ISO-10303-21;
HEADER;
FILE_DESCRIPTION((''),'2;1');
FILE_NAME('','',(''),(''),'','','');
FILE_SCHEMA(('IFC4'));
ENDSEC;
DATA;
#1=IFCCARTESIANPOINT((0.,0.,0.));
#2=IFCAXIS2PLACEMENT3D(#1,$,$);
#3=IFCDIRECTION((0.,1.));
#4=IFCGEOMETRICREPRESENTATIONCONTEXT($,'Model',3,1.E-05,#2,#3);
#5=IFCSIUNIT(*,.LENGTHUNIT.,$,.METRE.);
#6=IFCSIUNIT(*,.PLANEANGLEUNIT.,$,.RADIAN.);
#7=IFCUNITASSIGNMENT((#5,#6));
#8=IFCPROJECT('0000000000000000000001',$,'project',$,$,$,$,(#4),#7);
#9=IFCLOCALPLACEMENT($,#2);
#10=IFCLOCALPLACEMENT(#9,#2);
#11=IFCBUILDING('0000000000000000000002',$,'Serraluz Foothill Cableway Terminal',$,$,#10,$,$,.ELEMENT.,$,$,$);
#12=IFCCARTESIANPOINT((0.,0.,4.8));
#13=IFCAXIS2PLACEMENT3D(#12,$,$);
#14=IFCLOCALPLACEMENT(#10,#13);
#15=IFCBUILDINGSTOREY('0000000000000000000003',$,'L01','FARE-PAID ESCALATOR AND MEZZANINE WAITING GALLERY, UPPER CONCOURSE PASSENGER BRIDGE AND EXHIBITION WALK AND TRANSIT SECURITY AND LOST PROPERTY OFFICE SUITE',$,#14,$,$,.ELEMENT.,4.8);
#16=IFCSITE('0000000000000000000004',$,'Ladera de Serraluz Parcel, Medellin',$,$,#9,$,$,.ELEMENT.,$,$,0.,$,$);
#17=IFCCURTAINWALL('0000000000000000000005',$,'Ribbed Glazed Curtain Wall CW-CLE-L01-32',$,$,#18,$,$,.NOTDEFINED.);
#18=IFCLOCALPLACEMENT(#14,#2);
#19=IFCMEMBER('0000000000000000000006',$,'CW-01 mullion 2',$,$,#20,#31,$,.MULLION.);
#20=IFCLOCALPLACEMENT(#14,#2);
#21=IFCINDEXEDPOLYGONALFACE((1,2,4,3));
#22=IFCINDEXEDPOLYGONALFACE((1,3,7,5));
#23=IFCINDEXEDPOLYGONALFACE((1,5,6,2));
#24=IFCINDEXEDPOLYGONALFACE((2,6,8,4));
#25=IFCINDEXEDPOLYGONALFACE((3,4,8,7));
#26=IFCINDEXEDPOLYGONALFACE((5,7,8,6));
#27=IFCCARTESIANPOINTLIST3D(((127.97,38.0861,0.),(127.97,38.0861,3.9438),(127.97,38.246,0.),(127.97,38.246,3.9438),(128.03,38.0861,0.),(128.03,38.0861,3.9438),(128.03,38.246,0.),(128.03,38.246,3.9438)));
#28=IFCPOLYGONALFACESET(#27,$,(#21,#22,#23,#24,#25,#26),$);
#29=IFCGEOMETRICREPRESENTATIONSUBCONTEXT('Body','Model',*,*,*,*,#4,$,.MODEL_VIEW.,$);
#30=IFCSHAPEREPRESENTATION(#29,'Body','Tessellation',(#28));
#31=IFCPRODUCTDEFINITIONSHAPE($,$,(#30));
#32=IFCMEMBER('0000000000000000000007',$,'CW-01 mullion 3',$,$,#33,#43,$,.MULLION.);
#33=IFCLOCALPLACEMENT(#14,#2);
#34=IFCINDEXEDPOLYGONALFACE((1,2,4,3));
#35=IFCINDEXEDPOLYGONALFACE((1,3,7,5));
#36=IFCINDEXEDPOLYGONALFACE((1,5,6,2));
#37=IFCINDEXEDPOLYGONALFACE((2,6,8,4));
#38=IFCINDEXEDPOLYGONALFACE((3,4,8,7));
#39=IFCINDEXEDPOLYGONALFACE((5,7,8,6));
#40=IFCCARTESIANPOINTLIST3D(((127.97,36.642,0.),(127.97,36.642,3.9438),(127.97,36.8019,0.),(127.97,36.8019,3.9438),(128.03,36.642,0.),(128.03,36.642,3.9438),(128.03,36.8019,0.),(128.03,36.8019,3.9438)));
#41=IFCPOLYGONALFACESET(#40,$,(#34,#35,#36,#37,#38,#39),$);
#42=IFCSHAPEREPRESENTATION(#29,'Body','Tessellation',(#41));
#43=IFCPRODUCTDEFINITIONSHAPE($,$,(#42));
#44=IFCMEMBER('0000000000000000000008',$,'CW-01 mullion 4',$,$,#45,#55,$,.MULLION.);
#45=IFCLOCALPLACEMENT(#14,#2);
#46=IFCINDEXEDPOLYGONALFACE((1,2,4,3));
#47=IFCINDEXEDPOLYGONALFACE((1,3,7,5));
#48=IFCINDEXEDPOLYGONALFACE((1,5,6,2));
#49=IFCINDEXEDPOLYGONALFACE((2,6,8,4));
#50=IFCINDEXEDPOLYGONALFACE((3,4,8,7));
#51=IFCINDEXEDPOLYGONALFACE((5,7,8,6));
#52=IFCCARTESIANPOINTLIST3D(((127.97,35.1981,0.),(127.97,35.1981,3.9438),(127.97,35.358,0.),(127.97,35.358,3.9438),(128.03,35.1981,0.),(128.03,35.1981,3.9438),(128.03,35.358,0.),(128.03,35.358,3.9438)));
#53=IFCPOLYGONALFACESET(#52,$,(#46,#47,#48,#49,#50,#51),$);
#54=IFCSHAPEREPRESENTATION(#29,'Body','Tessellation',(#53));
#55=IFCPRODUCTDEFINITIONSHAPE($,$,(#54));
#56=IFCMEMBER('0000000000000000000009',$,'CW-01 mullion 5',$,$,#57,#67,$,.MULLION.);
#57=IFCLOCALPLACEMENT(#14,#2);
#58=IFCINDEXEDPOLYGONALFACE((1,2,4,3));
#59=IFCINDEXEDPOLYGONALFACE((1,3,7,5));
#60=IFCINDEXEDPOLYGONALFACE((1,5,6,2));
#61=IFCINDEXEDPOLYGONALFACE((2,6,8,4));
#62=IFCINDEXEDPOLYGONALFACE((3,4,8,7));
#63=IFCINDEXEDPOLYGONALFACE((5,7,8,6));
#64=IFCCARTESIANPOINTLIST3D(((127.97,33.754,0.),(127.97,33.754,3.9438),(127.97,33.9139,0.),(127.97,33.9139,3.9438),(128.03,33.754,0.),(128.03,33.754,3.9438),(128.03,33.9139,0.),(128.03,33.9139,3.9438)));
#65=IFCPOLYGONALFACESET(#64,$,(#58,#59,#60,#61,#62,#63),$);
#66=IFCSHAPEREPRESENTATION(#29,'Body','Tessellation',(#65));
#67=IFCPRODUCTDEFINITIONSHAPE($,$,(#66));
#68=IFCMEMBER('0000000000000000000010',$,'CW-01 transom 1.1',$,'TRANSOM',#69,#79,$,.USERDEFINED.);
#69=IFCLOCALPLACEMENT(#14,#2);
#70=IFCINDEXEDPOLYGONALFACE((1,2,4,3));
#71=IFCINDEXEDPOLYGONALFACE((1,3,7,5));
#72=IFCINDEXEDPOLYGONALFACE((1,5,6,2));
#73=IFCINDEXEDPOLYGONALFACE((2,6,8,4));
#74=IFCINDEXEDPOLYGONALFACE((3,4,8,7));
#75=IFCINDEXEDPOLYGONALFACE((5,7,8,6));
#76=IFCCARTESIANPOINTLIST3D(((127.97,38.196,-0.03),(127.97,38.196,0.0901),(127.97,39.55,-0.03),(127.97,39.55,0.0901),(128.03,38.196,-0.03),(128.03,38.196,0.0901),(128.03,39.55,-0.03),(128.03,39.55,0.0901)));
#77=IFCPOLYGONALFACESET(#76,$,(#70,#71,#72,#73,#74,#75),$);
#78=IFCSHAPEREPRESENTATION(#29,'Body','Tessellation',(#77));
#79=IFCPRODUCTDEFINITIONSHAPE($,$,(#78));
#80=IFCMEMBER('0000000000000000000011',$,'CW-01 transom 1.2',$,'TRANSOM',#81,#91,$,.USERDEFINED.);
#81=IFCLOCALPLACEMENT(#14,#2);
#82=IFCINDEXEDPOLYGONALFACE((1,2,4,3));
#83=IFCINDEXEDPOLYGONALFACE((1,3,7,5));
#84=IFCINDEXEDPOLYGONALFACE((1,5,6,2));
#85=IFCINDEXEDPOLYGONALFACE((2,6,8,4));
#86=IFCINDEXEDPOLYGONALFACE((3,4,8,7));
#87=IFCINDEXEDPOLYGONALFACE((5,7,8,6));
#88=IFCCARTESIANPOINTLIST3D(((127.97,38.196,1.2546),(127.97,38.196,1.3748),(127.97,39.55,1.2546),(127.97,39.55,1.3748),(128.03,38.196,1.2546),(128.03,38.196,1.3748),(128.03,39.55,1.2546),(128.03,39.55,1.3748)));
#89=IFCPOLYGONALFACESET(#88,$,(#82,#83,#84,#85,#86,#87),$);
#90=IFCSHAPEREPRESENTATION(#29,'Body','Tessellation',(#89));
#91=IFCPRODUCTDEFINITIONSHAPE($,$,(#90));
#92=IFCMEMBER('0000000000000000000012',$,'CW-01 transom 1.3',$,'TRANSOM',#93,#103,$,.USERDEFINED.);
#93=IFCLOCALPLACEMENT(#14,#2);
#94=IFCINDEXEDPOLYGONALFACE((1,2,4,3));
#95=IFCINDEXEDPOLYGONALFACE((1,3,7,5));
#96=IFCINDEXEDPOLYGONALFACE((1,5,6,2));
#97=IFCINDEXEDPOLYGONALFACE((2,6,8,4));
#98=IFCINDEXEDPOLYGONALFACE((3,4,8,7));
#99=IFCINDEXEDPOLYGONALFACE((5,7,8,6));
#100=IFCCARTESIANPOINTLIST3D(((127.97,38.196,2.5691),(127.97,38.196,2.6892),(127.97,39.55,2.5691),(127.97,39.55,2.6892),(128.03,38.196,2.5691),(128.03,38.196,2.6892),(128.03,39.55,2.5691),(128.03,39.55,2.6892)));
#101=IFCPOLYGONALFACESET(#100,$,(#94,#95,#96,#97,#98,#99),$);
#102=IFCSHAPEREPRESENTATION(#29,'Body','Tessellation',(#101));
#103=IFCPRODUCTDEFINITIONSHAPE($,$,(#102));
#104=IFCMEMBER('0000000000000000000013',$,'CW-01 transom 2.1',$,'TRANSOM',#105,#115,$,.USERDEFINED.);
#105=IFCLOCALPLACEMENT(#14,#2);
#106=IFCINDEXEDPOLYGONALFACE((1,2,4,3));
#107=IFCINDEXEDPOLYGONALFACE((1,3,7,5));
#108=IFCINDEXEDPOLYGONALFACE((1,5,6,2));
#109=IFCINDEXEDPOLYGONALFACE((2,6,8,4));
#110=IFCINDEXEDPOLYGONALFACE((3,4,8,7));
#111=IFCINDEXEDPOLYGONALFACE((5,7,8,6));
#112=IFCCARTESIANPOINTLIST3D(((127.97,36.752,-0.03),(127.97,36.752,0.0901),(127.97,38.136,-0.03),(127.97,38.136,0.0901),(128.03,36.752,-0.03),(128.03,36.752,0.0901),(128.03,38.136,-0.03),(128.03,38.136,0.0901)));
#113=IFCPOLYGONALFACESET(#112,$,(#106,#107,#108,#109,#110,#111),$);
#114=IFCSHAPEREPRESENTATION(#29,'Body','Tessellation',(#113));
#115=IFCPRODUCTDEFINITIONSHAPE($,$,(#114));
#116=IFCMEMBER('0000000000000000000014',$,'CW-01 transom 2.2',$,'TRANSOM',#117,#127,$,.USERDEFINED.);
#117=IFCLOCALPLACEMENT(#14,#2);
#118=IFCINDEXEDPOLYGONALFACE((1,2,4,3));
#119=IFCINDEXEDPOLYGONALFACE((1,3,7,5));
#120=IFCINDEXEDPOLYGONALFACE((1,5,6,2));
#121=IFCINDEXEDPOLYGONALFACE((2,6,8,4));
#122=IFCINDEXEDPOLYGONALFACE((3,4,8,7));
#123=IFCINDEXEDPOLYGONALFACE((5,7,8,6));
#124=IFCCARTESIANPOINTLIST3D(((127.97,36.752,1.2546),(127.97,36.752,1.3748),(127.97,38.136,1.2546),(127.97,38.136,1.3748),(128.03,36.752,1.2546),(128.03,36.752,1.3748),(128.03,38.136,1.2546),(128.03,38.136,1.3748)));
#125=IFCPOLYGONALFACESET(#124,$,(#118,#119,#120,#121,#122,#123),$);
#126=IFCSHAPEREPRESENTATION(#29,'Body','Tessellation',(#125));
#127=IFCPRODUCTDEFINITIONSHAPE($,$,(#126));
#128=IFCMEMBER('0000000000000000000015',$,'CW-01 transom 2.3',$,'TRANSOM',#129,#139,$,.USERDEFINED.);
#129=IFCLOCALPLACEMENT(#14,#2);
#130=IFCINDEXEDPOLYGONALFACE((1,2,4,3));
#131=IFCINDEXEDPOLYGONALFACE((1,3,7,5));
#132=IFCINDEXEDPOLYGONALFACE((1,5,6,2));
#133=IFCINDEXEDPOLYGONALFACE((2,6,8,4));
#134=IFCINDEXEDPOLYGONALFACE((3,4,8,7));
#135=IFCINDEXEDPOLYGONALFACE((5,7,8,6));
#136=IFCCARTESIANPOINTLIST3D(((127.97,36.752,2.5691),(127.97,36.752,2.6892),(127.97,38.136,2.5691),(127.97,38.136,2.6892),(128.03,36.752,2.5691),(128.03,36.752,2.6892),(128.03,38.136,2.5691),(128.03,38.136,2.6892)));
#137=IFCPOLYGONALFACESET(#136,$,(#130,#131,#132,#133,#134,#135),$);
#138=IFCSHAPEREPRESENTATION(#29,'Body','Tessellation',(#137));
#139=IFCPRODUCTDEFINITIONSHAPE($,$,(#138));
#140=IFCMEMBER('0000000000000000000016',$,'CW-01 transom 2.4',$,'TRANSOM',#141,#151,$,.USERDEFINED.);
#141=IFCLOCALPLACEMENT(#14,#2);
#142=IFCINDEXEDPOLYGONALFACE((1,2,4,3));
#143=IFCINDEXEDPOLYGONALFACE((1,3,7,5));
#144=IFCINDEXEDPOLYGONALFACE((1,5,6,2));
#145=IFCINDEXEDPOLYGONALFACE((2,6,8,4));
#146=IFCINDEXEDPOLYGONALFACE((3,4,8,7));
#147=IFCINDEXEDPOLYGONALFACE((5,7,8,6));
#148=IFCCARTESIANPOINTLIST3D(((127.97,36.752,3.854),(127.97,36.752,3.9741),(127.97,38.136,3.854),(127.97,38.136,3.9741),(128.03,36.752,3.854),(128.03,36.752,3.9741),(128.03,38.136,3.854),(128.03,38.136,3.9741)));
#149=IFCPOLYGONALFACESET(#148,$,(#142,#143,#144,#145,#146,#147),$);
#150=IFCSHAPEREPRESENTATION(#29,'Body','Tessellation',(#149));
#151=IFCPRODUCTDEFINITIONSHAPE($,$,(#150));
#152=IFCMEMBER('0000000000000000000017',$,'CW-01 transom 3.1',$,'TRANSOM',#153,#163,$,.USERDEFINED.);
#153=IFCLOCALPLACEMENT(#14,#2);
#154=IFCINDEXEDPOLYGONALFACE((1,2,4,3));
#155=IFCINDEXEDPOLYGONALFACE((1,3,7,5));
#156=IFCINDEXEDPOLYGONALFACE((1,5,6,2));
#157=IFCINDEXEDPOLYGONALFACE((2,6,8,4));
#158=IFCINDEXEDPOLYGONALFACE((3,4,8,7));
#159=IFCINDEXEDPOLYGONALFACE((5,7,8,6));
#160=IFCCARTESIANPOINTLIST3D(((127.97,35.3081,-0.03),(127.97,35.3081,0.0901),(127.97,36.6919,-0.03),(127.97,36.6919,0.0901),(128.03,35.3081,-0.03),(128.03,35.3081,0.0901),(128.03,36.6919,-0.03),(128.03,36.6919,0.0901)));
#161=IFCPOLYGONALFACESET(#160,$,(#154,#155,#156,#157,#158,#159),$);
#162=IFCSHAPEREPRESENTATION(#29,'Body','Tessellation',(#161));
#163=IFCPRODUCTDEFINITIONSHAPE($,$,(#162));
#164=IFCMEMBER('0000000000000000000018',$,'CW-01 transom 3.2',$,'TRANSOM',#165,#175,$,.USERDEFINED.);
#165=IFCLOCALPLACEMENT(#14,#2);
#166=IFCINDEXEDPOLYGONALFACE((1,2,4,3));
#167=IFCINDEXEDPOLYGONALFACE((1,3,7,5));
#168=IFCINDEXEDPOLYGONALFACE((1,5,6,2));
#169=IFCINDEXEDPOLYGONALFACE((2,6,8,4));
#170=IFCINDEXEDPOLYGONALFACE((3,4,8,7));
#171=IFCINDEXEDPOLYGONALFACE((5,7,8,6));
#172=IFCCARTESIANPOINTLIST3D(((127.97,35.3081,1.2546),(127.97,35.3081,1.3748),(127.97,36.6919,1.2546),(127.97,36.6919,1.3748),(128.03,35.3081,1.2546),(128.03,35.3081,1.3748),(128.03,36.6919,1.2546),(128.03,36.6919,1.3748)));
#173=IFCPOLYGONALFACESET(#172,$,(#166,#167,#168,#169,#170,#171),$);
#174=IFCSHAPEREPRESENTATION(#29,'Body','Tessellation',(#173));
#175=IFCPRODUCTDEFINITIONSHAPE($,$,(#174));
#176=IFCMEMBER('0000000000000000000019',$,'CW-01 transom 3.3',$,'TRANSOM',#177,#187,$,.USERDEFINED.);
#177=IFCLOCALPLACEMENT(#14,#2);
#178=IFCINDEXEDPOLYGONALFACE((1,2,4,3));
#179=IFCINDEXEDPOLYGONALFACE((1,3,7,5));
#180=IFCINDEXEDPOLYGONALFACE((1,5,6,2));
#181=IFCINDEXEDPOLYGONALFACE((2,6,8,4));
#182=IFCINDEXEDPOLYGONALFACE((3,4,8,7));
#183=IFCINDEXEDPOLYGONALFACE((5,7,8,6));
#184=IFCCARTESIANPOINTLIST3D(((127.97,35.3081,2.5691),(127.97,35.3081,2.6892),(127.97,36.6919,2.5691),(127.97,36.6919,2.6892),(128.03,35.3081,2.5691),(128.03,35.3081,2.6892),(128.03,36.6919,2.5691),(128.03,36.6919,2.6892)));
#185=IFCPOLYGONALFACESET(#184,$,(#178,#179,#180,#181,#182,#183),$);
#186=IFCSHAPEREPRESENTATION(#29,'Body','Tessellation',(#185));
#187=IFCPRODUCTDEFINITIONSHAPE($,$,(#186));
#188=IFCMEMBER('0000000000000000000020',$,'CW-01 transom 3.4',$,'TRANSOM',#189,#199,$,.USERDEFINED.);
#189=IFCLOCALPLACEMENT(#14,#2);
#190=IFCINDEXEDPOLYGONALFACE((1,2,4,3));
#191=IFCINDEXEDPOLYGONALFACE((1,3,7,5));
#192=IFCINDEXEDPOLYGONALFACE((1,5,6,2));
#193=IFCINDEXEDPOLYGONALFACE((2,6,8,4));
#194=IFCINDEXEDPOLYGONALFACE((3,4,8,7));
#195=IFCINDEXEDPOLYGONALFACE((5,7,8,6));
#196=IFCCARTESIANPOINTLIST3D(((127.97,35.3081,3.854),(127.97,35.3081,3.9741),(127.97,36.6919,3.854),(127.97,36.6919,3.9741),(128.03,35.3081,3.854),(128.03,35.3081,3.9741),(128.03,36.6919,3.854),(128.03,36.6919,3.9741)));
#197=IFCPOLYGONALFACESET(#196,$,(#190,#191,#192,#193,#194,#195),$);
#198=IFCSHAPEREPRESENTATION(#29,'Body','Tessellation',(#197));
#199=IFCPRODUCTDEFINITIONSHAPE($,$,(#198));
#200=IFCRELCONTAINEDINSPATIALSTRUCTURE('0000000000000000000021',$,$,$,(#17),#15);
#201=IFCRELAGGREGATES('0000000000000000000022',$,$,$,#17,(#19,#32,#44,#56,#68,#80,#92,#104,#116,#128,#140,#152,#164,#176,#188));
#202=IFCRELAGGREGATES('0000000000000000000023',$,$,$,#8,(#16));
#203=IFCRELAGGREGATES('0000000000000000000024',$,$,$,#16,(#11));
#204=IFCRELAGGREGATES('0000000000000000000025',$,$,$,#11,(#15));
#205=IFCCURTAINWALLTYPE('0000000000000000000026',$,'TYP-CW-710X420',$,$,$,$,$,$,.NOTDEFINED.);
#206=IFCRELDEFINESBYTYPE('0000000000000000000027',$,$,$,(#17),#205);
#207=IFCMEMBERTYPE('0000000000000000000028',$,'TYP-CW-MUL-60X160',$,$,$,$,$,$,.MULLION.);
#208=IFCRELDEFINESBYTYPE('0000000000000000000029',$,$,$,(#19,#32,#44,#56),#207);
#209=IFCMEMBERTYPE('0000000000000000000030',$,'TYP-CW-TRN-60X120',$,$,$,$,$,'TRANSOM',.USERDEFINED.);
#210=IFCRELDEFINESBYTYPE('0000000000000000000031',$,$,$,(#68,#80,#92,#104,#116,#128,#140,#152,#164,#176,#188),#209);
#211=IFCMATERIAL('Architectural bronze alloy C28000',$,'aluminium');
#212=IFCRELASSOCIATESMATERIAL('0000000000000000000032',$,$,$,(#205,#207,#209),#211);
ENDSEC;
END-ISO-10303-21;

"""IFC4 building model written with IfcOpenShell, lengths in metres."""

from ifc_helpers import new_model, si_unit, direction, frame, origin, origin_2d, place, context, subcontext, project, spatial, rectangle, extrude, material, material_profile, profile_set, type_object, element, aggregate, save


model = new_model("IFC4")

# Units and contexts
model_context = context("Model", 3, precision=1e-05, world=origin(), true_north=direction((0.0, 1.0)))
body_context = subcontext(model_context, "Body", "Model", "MODEL_VIEW")
ifc_project = project(units=[si_unit("LENGTHUNIT", "METRE"), si_unit("PLANEANGLEUNIT", "RADIAN")], contexts=[model_context])

# Site, building, storey
site_placement = place(None, origin())
site = spatial("IfcSite", under=ifc_project, at=site_placement, Name="Ladera de Serraluz Parcel, Medellin", CompositionType="ELEMENT", RefElevation=0.0)
building_placement = place(site_placement, origin())
building = spatial("IfcBuilding", under=site, at=building_placement, Name="Serraluz Foothill Cableway Terminal", CompositionType="ELEMENT")
storey_placement = place(building_placement, frame((0.0, 0.0, 4.8)))
storey = spatial("IfcBuildingStorey", under=building, at=storey_placement, Name="L01", Description="FARE-PAID ESCALATOR AND MEZZANINE WAITING GALLERY, UPPER CONCOURSE PASSENGER BRIDGE AND EXHIBITION WALK AND TRANSIT SECURITY AND LOST PROPERTY OFFICE SUITE", CompositionType="ELEMENT", Elevation=4.8)

# Curtain wall, members
ifc_material_1 = material(Name="Architectural bronze alloy C28000", Category="aluminium")
curtain_wall_type = type_object("IfcCurtainWallType", Name="TYP-CW-710X420", PredefinedType="NOTDEFINED", material=ifc_material_1)
curtain_wall_placement = place(storey_placement, origin())
curtain_wall = element("IfcCurtainWall", 1, at=curtain_wall_placement, inside=storey, type_object=curtain_wall_type, Name="Ribbed Glazed Curtain Wall CW-CLE-L01-32", PredefinedType="NOTDEFINED")
ifc_material_profile_1 = material_profile(ifc_material_1, rectangle(XDim=0.0601, YDim=0.1599, at=origin_2d()), Name="ALU MULLION 60x160")
ifc_profile_set_1 = profile_set([ifc_material_profile_1], Name="Architectural bronze alloy C28000")
member_type_1 = type_object("IfcMemberType", Name="TYP-CW-MUL-60X160", PredefinedType="MULLION", material=ifc_profile_set_1)
member_1_placement = place(storey_placement, frame((128.0, 38.166, 0.0), z_axis=(0.0, 0.0, 1.0), x_axis=(1.0, 0.0, 0.0)))
member_1 = element("IfcMember", 2, at=member_1_placement, type_object=member_type_1, Name="CW-01 mullion 2", PredefinedType="MULLION", context=body_context, shape_type="SweptSolid", body=[
    extrude(rectangle(XDim=0.0601, YDim=0.1599, at=origin_2d()), origin(), (0.0, 0.0, 1.0), 3.9438),
])
member_2_placement = place(storey_placement, frame((128.0, 36.7219, 0.0), z_axis=(0.0, 0.0, 1.0), x_axis=(1.0, 0.0, 0.0)))
member_2 = element("IfcMember", 3, at=member_2_placement, type_object=member_type_1, Name="CW-01 mullion 3", PredefinedType="MULLION", context=body_context, shape_type="SweptSolid", body=[
    extrude(rectangle(XDim=0.0601, YDim=0.1599, at=origin_2d()), origin(), (0.0, 0.0, 1.0), 3.9438),
])
member_3_placement = place(storey_placement, frame((128.0, 35.2781, 0.0), z_axis=(0.0, 0.0, 1.0), x_axis=(1.0, 0.0, 0.0)))
member_3 = element("IfcMember", 4, at=member_3_placement, type_object=member_type_1, Name="CW-01 mullion 4", PredefinedType="MULLION", context=body_context, shape_type="SweptSolid", body=[
    extrude(rectangle(XDim=0.0601, YDim=0.1599, at=origin_2d()), origin(), (0.0, 0.0, 1.0), 3.9438),
])
member_4_placement = place(storey_placement, frame((128.0, 33.834, 0.0), z_axis=(0.0, 0.0, 1.0), x_axis=(1.0, 0.0, 0.0)))
member_4 = element("IfcMember", 5, at=member_4_placement, type_object=member_type_1, Name="CW-01 mullion 5", PredefinedType="MULLION", context=body_context, shape_type="SweptSolid", body=[
    extrude(rectangle(XDim=0.0601, YDim=0.1599, at=origin_2d()), origin(), (0.0, 0.0, 1.0), 3.9438),
])
ifc_material_profile_2 = material_profile(ifc_material_1, rectangle(XDim=0.0601, YDim=0.1201, at=origin_2d()), Name="ALU TRANSOM 60x120")
ifc_profile_set_2 = profile_set([ifc_material_profile_2], Name="Architectural bronze alloy C28000")
member_type_2 = type_object("IfcMemberType", Name="TYP-CW-TRN-60X120", ElementType="TRANSOM", PredefinedType="USERDEFINED", material=ifc_profile_set_2)
member_5_placement = place(storey_placement, frame((128.0, 39.55, 0.03), z_axis=(0.0, -1.0, 0.0), x_axis=(1.0, 0.0, 0.0)))
member_5 = element("IfcMember", 6, at=member_5_placement, type_object=member_type_2, Name="CW-01 transom 1.1", ObjectType="TRANSOM", PredefinedType="USERDEFINED", context=body_context, shape_type="SweptSolid", body=[
    extrude(rectangle(XDim=0.0601, YDim=0.1201, at=origin_2d()), origin(), (0.0, 0.0, 1.0), 1.354),
])
member_6_placement = place(storey_placement, frame((128.0, 39.55, 1.3147), z_axis=(0.0, -1.0, 0.0), x_axis=(1.0, 0.0, 0.0)))
member_6 = element("IfcMember", 7, at=member_6_placement, type_object=member_type_2, Name="CW-01 transom 1.2", ObjectType="TRANSOM", PredefinedType="USERDEFINED", context=body_context, shape_type="SweptSolid", body=[
    extrude(rectangle(XDim=0.0601, YDim=0.1201, at=origin_2d()), origin(), (0.0, 0.0, 1.0), 1.354),
])
member_7_placement = place(storey_placement, frame((128.0, 39.55, 2.6292), z_axis=(0.0, -1.0, 0.0), x_axis=(1.0, 0.0, 0.0)))
member_7 = element("IfcMember", 8, at=member_7_placement, type_object=member_type_2, Name="CW-01 transom 1.3", ObjectType="TRANSOM", PredefinedType="USERDEFINED", context=body_context, shape_type="SweptSolid", body=[
    extrude(rectangle(XDim=0.0601, YDim=0.1201, at=origin_2d()), origin(), (0.0, 0.0, 1.0), 1.354),
])
member_8_placement = place(storey_placement, frame((128.0, 38.136, 0.03), z_axis=(0.0, -1.0, 0.0), x_axis=(1.0, 0.0, 0.0)))
member_8 = element("IfcMember", 9, at=member_8_placement, type_object=member_type_2, Name="CW-01 transom 2.1", ObjectType="TRANSOM", PredefinedType="USERDEFINED", context=body_context, shape_type="SweptSolid", body=[
    extrude(rectangle(XDim=0.0601, YDim=0.1201, at=origin_2d()), origin(), (0.0, 0.0, 1.0), 1.384),
])
member_9_placement = place(storey_placement, frame((128.0, 38.136, 1.3147), z_axis=(0.0, -1.0, 0.0), x_axis=(1.0, 0.0, 0.0)))
member_9 = element("IfcMember", 10, at=member_9_placement, type_object=member_type_2, Name="CW-01 transom 2.2", ObjectType="TRANSOM", PredefinedType="USERDEFINED", context=body_context, shape_type="SweptSolid", body=[
    extrude(rectangle(XDim=0.0601, YDim=0.1201, at=origin_2d()), origin(), (0.0, 0.0, 1.0), 1.384),
])
member_10_placement = place(storey_placement, frame((128.0, 38.136, 2.6292), z_axis=(0.0, -1.0, 0.0), x_axis=(1.0, 0.0, 0.0)))
member_10 = element("IfcMember", 11, at=member_10_placement, type_object=member_type_2, Name="CW-01 transom 2.3", ObjectType="TRANSOM", PredefinedType="USERDEFINED", context=body_context, shape_type="SweptSolid", body=[
    extrude(rectangle(XDim=0.0601, YDim=0.1201, at=origin_2d()), origin(), (0.0, 0.0, 1.0), 1.384),
])
member_11_placement = place(storey_placement, frame((128.0, 38.136, 3.9141), z_axis=(0.0, -1.0, 0.0), x_axis=(1.0, 0.0, 0.0)))
member_11 = element("IfcMember", 12, at=member_11_placement, type_object=member_type_2, Name="CW-01 transom 2.4", ObjectType="TRANSOM", PredefinedType="USERDEFINED", context=body_context, shape_type="SweptSolid", body=[
    extrude(rectangle(XDim=0.0601, YDim=0.1201, at=origin_2d()), origin(), (0.0, 0.0, 1.0), 1.384),
])
member_12_placement = place(storey_placement, frame((128.0, 36.6919, 0.03), z_axis=(0.0, -1.0, 0.0), x_axis=(1.0, 0.0, 0.0)))
member_12 = element("IfcMember", 13, at=member_12_placement, type_object=member_type_2, Name="CW-01 transom 3.1", ObjectType="TRANSOM", PredefinedType="USERDEFINED", context=body_context, shape_type="SweptSolid", body=[
    extrude(rectangle(XDim=0.0601, YDim=0.1201, at=origin_2d()), origin(), (0.0, 0.0, 1.0), 1.3838),
])
member_13_placement = place(storey_placement, frame((128.0, 36.6919, 1.3147), z_axis=(0.0, -1.0, 0.0), x_axis=(1.0, 0.0, 0.0)))
member_13 = element("IfcMember", 14, at=member_13_placement, type_object=member_type_2, Name="CW-01 transom 3.2", ObjectType="TRANSOM", PredefinedType="USERDEFINED", context=body_context, shape_type="SweptSolid", body=[
    extrude(rectangle(XDim=0.0601, YDim=0.1201, at=origin_2d()), origin(), (0.0, 0.0, 1.0), 1.3838),
])
member_14_placement = place(storey_placement, frame((128.0, 36.6919, 2.6292), z_axis=(0.0, -1.0, 0.0), x_axis=(1.0, 0.0, 0.0)))
member_14 = element("IfcMember", 15, at=member_14_placement, type_object=member_type_2, Name="CW-01 transom 3.3", ObjectType="TRANSOM", PredefinedType="USERDEFINED", context=body_context, shape_type="SweptSolid", body=[
    extrude(rectangle(XDim=0.0601, YDim=0.1201, at=origin_2d()), origin(), (0.0, 0.0, 1.0), 1.3838),
])
member_15_placement = place(storey_placement, frame((128.0, 36.6919, 3.9141), z_axis=(0.0, -1.0, 0.0), x_axis=(1.0, 0.0, 0.0)))
member_15 = element("IfcMember", 16, at=member_15_placement, type_object=member_type_2, Name="CW-01 transom 3.4", ObjectType="TRANSOM", PredefinedType="USERDEFINED", context=body_context, shape_type="SweptSolid", body=[
    extrude(rectangle(XDim=0.0601, YDim=0.1201, at=origin_2d()), origin(), (0.0, 0.0, 1.0), 1.3838),
])

aggregate(curtain_wall, [member_1, member_2, member_3, member_4, member_5, member_6, member_7, member_8, member_9, member_10, member_11, member_12, member_13, member_14, member_15])

save(model, "model.ifc")
